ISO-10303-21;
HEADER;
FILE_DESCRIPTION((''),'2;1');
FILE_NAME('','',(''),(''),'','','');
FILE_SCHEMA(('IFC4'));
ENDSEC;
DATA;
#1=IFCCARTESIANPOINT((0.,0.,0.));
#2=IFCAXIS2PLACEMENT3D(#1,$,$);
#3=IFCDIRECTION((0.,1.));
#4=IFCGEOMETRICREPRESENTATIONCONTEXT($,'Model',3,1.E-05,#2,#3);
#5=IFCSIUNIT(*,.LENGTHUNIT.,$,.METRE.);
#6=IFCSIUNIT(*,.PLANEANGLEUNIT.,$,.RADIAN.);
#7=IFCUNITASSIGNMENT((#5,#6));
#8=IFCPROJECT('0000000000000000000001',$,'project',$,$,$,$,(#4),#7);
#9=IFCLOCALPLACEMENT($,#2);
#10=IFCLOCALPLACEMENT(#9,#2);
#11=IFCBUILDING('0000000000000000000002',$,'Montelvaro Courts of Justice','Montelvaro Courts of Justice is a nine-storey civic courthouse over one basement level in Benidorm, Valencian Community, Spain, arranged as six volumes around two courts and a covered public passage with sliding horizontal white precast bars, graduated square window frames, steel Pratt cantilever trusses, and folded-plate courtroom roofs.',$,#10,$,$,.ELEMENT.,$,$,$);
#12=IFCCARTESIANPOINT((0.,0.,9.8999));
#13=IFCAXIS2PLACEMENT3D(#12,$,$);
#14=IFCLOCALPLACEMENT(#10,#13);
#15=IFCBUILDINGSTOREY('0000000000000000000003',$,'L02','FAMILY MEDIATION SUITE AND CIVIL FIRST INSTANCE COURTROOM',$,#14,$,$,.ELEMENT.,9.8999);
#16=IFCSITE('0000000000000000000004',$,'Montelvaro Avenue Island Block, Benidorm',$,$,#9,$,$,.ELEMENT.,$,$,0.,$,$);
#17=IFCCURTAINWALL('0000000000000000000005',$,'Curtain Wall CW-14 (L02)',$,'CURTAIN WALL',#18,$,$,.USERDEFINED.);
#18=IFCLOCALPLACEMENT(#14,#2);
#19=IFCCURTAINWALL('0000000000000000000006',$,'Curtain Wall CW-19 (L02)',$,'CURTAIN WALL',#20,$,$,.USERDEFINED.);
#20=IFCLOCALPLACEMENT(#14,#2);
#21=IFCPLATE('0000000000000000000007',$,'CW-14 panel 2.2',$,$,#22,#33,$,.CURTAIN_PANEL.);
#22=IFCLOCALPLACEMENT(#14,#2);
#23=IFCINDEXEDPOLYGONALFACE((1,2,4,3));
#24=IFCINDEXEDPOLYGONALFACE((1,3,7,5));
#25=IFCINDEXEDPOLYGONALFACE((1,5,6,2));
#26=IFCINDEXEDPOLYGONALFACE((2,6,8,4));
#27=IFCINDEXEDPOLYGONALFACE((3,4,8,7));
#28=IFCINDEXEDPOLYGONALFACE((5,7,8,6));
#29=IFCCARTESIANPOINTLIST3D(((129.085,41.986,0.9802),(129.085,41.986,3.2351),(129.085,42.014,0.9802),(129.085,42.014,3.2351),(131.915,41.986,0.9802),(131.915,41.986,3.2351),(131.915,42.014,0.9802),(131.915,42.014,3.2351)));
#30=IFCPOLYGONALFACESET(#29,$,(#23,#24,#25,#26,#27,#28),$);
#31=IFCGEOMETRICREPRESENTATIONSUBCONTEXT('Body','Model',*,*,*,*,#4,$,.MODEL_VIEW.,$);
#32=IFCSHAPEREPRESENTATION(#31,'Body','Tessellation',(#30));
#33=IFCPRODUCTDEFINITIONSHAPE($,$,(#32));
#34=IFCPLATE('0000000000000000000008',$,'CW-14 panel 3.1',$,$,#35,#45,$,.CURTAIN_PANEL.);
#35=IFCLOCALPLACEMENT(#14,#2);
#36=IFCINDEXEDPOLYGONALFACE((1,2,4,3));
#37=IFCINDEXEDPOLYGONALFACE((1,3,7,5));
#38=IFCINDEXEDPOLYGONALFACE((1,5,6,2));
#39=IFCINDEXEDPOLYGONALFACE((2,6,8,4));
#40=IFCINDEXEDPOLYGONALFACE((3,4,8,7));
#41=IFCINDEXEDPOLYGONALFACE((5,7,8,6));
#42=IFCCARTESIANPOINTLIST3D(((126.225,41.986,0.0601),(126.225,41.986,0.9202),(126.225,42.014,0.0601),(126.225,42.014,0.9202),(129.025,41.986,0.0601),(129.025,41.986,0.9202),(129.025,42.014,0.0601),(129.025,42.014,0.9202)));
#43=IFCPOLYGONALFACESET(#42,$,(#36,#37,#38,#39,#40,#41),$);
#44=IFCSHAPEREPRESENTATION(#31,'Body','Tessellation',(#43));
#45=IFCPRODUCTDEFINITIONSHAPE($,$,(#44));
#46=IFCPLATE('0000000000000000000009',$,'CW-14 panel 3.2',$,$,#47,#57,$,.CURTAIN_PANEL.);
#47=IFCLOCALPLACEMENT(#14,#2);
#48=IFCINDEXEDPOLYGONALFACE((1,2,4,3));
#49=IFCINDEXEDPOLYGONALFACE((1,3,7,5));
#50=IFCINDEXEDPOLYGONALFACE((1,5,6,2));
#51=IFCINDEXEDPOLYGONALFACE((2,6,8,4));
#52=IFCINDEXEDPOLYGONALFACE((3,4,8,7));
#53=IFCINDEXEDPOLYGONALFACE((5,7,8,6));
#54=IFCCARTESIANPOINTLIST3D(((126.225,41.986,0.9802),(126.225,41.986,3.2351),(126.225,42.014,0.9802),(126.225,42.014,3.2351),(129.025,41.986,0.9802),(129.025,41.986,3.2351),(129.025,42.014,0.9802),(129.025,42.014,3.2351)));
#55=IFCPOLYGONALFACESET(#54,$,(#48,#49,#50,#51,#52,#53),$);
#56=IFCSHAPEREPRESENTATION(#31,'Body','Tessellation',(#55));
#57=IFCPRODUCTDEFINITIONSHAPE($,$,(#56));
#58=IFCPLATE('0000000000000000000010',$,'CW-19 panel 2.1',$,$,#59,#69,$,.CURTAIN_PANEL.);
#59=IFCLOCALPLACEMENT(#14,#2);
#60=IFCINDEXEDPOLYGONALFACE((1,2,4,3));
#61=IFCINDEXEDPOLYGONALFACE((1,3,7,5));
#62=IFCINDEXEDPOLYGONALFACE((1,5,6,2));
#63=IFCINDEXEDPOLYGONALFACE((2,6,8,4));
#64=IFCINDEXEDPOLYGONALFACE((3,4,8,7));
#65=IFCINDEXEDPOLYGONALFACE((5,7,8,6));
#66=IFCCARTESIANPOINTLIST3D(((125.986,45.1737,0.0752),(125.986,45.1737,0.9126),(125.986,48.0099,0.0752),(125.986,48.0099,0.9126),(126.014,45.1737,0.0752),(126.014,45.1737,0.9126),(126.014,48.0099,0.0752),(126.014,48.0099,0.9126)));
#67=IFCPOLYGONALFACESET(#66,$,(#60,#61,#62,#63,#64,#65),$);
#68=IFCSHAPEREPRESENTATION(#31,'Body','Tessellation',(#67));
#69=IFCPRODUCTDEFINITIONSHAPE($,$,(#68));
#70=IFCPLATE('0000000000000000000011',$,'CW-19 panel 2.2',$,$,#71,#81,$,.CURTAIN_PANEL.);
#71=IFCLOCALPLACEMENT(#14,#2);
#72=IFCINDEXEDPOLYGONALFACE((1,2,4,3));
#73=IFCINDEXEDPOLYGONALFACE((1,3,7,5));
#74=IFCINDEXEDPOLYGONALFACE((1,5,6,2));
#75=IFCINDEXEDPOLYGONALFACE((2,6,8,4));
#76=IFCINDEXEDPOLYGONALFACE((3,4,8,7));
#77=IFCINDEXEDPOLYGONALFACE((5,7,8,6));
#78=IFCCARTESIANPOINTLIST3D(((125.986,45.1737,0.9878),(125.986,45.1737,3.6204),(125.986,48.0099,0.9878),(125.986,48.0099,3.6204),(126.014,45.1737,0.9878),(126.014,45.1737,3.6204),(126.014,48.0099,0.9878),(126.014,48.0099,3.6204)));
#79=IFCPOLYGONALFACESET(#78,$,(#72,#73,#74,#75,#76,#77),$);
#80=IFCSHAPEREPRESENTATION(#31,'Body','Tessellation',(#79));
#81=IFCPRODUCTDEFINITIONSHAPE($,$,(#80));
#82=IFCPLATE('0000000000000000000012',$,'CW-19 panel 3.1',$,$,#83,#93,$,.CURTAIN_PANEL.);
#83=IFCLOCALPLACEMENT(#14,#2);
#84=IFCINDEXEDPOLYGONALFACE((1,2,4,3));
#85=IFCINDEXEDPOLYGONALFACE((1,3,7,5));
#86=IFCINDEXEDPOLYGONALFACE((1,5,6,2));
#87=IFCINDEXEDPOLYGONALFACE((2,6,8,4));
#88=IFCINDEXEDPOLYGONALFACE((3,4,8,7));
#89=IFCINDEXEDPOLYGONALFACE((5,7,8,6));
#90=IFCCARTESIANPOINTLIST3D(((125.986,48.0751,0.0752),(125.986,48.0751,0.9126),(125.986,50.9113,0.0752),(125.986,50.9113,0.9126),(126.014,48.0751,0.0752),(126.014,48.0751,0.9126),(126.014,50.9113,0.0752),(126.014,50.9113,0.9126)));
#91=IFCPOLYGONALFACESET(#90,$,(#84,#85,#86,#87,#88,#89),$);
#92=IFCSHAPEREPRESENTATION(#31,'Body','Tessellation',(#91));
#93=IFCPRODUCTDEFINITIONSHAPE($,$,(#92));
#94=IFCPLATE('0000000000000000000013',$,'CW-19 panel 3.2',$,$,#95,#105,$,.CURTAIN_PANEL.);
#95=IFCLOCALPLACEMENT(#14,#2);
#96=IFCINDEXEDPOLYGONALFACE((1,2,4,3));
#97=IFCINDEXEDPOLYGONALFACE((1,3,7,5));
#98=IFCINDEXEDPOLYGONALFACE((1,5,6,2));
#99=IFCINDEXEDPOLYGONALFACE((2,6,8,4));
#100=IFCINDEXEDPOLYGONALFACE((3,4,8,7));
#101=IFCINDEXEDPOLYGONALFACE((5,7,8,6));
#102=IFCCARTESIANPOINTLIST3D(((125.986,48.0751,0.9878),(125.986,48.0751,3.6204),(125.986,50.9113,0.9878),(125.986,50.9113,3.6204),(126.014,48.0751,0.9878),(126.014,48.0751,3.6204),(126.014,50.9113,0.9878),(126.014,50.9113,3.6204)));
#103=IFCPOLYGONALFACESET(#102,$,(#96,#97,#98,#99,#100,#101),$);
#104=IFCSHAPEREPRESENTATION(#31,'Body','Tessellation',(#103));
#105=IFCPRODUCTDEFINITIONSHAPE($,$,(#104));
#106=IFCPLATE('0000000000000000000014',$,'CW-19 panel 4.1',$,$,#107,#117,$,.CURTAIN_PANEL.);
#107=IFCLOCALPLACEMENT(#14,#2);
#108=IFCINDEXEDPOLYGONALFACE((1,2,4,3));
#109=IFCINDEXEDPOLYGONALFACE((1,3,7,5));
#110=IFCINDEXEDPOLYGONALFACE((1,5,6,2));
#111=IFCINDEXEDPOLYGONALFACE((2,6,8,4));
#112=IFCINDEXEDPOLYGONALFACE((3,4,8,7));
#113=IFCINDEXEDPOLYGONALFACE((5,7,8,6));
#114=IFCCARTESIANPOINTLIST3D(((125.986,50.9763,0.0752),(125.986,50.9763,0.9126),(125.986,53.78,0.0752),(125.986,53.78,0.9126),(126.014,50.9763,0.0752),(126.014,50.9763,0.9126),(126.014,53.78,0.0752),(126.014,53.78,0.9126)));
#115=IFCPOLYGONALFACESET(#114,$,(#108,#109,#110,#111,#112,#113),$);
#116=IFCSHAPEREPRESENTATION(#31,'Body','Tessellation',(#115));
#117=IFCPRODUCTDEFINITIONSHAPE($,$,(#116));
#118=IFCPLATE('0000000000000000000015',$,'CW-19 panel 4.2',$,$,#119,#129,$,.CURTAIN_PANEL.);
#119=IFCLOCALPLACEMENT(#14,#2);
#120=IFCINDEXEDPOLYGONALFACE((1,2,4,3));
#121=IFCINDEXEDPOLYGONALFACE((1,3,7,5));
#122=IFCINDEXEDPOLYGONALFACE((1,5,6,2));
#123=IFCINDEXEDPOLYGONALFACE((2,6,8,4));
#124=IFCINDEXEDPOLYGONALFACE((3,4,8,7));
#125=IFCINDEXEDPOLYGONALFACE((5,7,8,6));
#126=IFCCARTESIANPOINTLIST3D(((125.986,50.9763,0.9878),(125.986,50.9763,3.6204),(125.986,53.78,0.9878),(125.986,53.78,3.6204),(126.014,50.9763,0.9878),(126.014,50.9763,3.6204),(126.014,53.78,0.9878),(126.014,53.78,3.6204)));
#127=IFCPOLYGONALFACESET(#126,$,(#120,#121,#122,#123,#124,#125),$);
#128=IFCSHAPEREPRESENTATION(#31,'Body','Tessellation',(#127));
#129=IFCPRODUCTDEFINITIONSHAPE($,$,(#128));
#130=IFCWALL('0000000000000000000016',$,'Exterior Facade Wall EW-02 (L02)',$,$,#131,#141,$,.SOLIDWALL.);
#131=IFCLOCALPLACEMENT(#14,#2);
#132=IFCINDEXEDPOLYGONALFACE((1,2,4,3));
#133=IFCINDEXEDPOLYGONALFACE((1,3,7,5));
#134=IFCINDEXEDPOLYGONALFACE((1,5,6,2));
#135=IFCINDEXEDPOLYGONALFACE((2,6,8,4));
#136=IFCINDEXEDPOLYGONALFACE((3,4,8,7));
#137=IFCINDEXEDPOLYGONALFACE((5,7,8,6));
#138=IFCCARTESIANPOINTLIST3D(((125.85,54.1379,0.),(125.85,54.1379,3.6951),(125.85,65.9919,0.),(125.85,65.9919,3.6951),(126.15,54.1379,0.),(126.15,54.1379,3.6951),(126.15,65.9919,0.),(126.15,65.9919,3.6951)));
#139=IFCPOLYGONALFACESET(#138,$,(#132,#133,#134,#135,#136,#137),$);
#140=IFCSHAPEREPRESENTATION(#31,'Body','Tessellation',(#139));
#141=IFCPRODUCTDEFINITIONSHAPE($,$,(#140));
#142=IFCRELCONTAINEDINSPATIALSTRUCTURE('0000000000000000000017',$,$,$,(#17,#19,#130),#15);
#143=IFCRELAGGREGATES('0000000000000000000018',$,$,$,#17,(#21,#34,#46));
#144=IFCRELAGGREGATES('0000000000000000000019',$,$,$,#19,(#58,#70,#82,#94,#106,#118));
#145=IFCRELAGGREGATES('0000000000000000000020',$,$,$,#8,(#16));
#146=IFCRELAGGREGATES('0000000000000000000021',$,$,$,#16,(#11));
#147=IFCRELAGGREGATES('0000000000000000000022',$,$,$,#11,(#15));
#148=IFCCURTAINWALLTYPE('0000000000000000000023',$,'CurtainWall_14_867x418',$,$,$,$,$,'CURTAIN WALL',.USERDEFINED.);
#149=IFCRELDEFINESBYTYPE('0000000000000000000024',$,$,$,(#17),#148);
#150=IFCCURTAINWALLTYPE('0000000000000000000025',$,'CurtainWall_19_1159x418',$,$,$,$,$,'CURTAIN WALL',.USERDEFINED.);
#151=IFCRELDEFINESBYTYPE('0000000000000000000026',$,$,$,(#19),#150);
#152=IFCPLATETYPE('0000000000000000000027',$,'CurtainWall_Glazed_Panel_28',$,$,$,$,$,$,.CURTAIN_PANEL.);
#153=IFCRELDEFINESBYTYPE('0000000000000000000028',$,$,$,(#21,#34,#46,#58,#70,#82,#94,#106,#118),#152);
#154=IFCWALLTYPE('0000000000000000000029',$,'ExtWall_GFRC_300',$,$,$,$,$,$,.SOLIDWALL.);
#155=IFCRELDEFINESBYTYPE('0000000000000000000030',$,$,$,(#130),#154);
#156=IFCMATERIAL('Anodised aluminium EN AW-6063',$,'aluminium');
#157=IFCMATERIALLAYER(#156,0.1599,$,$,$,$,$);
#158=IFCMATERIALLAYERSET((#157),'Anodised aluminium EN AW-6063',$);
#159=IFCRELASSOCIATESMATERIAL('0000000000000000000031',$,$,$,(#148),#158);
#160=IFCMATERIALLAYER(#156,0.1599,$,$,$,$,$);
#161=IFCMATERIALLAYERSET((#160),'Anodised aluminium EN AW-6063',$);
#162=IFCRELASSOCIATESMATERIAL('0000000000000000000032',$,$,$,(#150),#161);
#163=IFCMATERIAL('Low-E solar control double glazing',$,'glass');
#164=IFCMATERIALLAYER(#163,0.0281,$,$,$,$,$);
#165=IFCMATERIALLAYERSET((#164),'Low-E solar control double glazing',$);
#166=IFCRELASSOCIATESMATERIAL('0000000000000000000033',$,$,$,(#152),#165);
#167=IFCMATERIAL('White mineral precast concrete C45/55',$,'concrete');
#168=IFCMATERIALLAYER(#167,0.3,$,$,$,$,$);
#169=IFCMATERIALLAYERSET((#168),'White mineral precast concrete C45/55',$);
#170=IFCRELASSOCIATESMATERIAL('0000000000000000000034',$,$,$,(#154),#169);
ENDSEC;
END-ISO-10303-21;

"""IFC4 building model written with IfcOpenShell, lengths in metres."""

from ifc_helpers import new_model, si_unit, direction, frame, frame_2d, origin, origin_2d, place, context, subcontext, project, spatial, rectangle, extrude, material, layer, layer_set, type_object, element, aggregate, save


model = new_model("IFC4")

# Units and contexts
model_context = context("Model", 3, precision=1e-05, world=origin(), true_north=direction((0.0, 1.0)))
body_context = subcontext(model_context, "Body", "Model", "MODEL_VIEW")
ifc_project = project(units=[si_unit("LENGTHUNIT", "METRE"), si_unit("PLANEANGLEUNIT", "RADIAN")], contexts=[model_context])

# Site, building, storey
site_placement = place(None, origin())
site = spatial("IfcSite", under=ifc_project, at=site_placement, Name="Montelvaro Avenue Island Block, Benidorm", CompositionType="ELEMENT", RefElevation=0.0)
building_placement = place(site_placement, origin())
building = spatial("IfcBuilding", under=site, at=building_placement, Name="Montelvaro Courts of Justice", Description="Montelvaro Courts of Justice is a nine-storey civic courthouse over one basement level in Benidorm, Valencian Community, Spain, arranged as six volumes around two courts and a covered public passage with sliding horizontal white precast bars, graduated square window frames, steel Pratt cantilever trusses, and folded-plate courtroom roofs.", CompositionType="ELEMENT")
storey_placement = place(building_placement, frame((0.0, 0.0, 9.8999)))
storey = spatial("IfcBuildingStorey", under=building, at=storey_placement, Name="L02", Description="FAMILY MEDIATION SUITE AND CIVIL FIRST INSTANCE COURTROOM", CompositionType="ELEMENT", Elevation=9.8999)

# Curtain walls
ifc_material_1 = material(Name="Anodised aluminium EN AW-6063", Category="aluminium")
ifc_layer_1 = layer(ifc_material_1, 0.1599)
ifc_layer_set_1 = layer_set([ifc_layer_1], Name="Anodised aluminium EN AW-6063")
curtain_wall_type_1 = type_object("IfcCurtainWallType", Name="CurtainWall_14_867x418", ElementType="CURTAIN WALL", PredefinedType="USERDEFINED", material=ifc_layer_set_1)
curtain_wall_1_placement = place(storey_placement, origin())
curtain_wall_1 = element("IfcCurtainWall", 1, at=curtain_wall_1_placement, inside=storey, type_object=curtain_wall_type_1, Name="Curtain Wall CW-14 (L02)", ObjectType="CURTAIN WALL", PredefinedType="USERDEFINED")
ifc_layer_2 = layer(ifc_material_1, 0.1599)
ifc_layer_set_2 = layer_set([ifc_layer_2], Name="Anodised aluminium EN AW-6063")
curtain_wall_type_2 = type_object("IfcCurtainWallType", Name="CurtainWall_19_1159x418", ElementType="CURTAIN WALL", PredefinedType="USERDEFINED", material=ifc_layer_set_2)
curtain_wall_2_placement = place(storey_placement, origin())
curtain_wall_2 = element("IfcCurtainWall", 2, at=curtain_wall_2_placement, inside=storey, type_object=curtain_wall_type_2, Name="Curtain Wall CW-19 (L02)", ObjectType="CURTAIN WALL", PredefinedType="USERDEFINED")

# Plates
ifc_material_2 = material(Name="Low-E solar control double glazing", Category="glass")
ifc_layer_3 = layer(ifc_material_2, 0.0281)
ifc_layer_set_3 = layer_set([ifc_layer_3], Name="Low-E solar control double glazing")
plate_type = type_object("IfcPlateType", Name="CurtainWall_Glazed_Panel_28", PredefinedType="CURTAIN_PANEL", material=ifc_layer_set_3)
plate_1_placement = place(storey_placement, frame((130.5, 42.0, 0.9802), z_axis=(0.0, 0.0, 1.0), x_axis=(-1.0, 0.0, 0.0)))
plate_1 = element("IfcPlate", 3, at=plate_1_placement, type_object=plate_type, Name="CW-14 panel 2.2", PredefinedType="CURTAIN_PANEL", context=body_context, shape_type="SweptSolid", body=[
    extrude(rectangle(XDim=2.8301, YDim=0.0281, at=origin_2d()), origin(), (0.0, 0.0, 1.0), 2.2549),
])
plate_2_placement = place(storey_placement, frame((127.625, 42.0, 0.0601), z_axis=(0.0, 0.0, 1.0), x_axis=(-1.0, 0.0, 0.0)))
plate_2 = element("IfcPlate", 4, at=plate_2_placement, type_object=plate_type, Name="CW-14 panel 3.1", PredefinedType="CURTAIN_PANEL", context=body_context, shape_type="SweptSolid", body=[
    extrude(rectangle(XDim=2.8, YDim=0.0281, at=origin_2d()), origin(), (0.0, 0.0, 1.0), 0.8601),
])
plate_3_placement = place(storey_placement, frame((127.625, 42.0, 0.9802), z_axis=(0.0, 0.0, 1.0), x_axis=(-1.0, 0.0, 0.0)))
plate_3 = element("IfcPlate", 5, at=plate_3_placement, type_object=plate_type, Name="CW-14 panel 3.2", PredefinedType="CURTAIN_PANEL", context=body_context, shape_type="SweptSolid", body=[
    extrude(rectangle(XDim=2.8, YDim=0.0281, at=origin_2d()), origin(), (0.0, 0.0, 1.0), 2.2549),
])
aggregate(curtain_wall_1, [plate_1, plate_2, plate_3])
plate_4_placement = place(storey_placement, frame((126.0, 46.5918, 0.0752), z_axis=(0.0, 0.0, 1.0), x_axis=(0.0, 1.0, 0.0)))
plate_4 = element("IfcPlate", 6, at=plate_4_placement, type_object=plate_type, Name="CW-19 panel 2.1", PredefinedType="CURTAIN_PANEL", context=body_context, shape_type="SweptSolid", body=[
    extrude(rectangle(XDim=2.8362, YDim=0.0281, at=origin_2d()), origin(), (0.0, 0.0, 1.0), 0.8374),
])
plate_5_placement = place(storey_placement, frame((126.0, 46.5918, 0.9878), z_axis=(0.0, 0.0, 1.0), x_axis=(0.0, 1.0, 0.0)))
plate_5 = element("IfcPlate", 7, at=plate_5_placement, type_object=plate_type, Name="CW-19 panel 2.2", PredefinedType="CURTAIN_PANEL", context=body_context, shape_type="SweptSolid", body=[
    extrude(rectangle(XDim=2.8362, YDim=0.0281, at=origin_2d()), origin(), (0.0, 0.0, 1.0), 2.6326),
])
plate_6_placement = place(storey_placement, frame((126.0, 49.4932, 0.0752), z_axis=(0.0, 0.0, 1.0), x_axis=(0.0, 1.0, 0.0)))
plate_6 = element("IfcPlate", 8, at=plate_6_placement, type_object=plate_type, Name="CW-19 panel 3.1", PredefinedType="CURTAIN_PANEL", context=body_context, shape_type="SweptSolid", body=[
    extrude(rectangle(XDim=2.8362, YDim=0.0281, at=origin_2d()), origin(), (0.0, 0.0, 1.0), 0.8374),
])
plate_7_placement = place(storey_placement, frame((126.0, 49.4932, 0.9878), z_axis=(0.0, 0.0, 1.0), x_axis=(0.0, 1.0, 0.0)))
plate_7 = element("IfcPlate", 9, at=plate_7_placement, type_object=plate_type, Name="CW-19 panel 3.2", PredefinedType="CURTAIN_PANEL", context=body_context, shape_type="SweptSolid", body=[
    extrude(rectangle(XDim=2.8362, YDim=0.0281, at=origin_2d()), origin(), (0.0, 0.0, 1.0), 2.6326),
])
plate_8_placement = place(storey_placement, frame((126.0, 52.3782, 0.0752), z_axis=(0.0, 0.0, 1.0), x_axis=(0.0, 1.0, 0.0)))
plate_8 = element("IfcPlate", 10, at=plate_8_placement, type_object=plate_type, Name="CW-19 panel 4.1", PredefinedType="CURTAIN_PANEL", context=body_context, shape_type="SweptSolid", body=[
    extrude(rectangle(XDim=2.8037, YDim=0.0281, at=origin_2d()), origin(), (0.0, 0.0, 1.0), 0.8374),
])
plate_9_placement = place(storey_placement, frame((126.0, 52.3782, 0.9878), z_axis=(0.0, 0.0, 1.0), x_axis=(0.0, 1.0, 0.0)))
plate_9 = element("IfcPlate", 11, at=plate_9_placement, type_object=plate_type, Name="CW-19 panel 4.2", PredefinedType="CURTAIN_PANEL", context=body_context, shape_type="SweptSolid", body=[
    extrude(rectangle(XDim=2.8037, YDim=0.0281, at=origin_2d()), origin(), (0.0, 0.0, 1.0), 2.6326),
])
aggregate(curtain_wall_2, [plate_4, plate_5, plate_6, plate_7, plate_8, plate_9])

# Wall
ifc_material_3 = material(Name="White mineral precast concrete C45/55", Category="concrete")
ifc_layer_4 = layer(ifc_material_3, 0.3)
ifc_layer_set_4 = layer_set([ifc_layer_4], Name="White mineral precast concrete C45/55")
wall_type = type_object("IfcWallType", Name="ExtWall_GFRC_300", PredefinedType="SOLIDWALL", material=ifc_layer_set_4)
wall_placement = place(storey_placement, frame((126.0, 54.1379, 0.0), z_axis=(0.0, 0.0, 1.0), x_axis=(0.0, 1.0, 0.0)))
element("IfcWall", 12, at=wall_placement, inside=storey, type_object=wall_type, Name="Exterior Facade Wall EW-02 (L02)", PredefinedType="SOLIDWALL", context=body_context, shape_type="SweptSolid", body=[
    extrude(rectangle(XDim=11.854, YDim=0.3, at=frame_2d((5.927, 0.0))), origin(), (0.0, 0.0, 1.0), 3.6951),
])

save(model, "model.ifc")
